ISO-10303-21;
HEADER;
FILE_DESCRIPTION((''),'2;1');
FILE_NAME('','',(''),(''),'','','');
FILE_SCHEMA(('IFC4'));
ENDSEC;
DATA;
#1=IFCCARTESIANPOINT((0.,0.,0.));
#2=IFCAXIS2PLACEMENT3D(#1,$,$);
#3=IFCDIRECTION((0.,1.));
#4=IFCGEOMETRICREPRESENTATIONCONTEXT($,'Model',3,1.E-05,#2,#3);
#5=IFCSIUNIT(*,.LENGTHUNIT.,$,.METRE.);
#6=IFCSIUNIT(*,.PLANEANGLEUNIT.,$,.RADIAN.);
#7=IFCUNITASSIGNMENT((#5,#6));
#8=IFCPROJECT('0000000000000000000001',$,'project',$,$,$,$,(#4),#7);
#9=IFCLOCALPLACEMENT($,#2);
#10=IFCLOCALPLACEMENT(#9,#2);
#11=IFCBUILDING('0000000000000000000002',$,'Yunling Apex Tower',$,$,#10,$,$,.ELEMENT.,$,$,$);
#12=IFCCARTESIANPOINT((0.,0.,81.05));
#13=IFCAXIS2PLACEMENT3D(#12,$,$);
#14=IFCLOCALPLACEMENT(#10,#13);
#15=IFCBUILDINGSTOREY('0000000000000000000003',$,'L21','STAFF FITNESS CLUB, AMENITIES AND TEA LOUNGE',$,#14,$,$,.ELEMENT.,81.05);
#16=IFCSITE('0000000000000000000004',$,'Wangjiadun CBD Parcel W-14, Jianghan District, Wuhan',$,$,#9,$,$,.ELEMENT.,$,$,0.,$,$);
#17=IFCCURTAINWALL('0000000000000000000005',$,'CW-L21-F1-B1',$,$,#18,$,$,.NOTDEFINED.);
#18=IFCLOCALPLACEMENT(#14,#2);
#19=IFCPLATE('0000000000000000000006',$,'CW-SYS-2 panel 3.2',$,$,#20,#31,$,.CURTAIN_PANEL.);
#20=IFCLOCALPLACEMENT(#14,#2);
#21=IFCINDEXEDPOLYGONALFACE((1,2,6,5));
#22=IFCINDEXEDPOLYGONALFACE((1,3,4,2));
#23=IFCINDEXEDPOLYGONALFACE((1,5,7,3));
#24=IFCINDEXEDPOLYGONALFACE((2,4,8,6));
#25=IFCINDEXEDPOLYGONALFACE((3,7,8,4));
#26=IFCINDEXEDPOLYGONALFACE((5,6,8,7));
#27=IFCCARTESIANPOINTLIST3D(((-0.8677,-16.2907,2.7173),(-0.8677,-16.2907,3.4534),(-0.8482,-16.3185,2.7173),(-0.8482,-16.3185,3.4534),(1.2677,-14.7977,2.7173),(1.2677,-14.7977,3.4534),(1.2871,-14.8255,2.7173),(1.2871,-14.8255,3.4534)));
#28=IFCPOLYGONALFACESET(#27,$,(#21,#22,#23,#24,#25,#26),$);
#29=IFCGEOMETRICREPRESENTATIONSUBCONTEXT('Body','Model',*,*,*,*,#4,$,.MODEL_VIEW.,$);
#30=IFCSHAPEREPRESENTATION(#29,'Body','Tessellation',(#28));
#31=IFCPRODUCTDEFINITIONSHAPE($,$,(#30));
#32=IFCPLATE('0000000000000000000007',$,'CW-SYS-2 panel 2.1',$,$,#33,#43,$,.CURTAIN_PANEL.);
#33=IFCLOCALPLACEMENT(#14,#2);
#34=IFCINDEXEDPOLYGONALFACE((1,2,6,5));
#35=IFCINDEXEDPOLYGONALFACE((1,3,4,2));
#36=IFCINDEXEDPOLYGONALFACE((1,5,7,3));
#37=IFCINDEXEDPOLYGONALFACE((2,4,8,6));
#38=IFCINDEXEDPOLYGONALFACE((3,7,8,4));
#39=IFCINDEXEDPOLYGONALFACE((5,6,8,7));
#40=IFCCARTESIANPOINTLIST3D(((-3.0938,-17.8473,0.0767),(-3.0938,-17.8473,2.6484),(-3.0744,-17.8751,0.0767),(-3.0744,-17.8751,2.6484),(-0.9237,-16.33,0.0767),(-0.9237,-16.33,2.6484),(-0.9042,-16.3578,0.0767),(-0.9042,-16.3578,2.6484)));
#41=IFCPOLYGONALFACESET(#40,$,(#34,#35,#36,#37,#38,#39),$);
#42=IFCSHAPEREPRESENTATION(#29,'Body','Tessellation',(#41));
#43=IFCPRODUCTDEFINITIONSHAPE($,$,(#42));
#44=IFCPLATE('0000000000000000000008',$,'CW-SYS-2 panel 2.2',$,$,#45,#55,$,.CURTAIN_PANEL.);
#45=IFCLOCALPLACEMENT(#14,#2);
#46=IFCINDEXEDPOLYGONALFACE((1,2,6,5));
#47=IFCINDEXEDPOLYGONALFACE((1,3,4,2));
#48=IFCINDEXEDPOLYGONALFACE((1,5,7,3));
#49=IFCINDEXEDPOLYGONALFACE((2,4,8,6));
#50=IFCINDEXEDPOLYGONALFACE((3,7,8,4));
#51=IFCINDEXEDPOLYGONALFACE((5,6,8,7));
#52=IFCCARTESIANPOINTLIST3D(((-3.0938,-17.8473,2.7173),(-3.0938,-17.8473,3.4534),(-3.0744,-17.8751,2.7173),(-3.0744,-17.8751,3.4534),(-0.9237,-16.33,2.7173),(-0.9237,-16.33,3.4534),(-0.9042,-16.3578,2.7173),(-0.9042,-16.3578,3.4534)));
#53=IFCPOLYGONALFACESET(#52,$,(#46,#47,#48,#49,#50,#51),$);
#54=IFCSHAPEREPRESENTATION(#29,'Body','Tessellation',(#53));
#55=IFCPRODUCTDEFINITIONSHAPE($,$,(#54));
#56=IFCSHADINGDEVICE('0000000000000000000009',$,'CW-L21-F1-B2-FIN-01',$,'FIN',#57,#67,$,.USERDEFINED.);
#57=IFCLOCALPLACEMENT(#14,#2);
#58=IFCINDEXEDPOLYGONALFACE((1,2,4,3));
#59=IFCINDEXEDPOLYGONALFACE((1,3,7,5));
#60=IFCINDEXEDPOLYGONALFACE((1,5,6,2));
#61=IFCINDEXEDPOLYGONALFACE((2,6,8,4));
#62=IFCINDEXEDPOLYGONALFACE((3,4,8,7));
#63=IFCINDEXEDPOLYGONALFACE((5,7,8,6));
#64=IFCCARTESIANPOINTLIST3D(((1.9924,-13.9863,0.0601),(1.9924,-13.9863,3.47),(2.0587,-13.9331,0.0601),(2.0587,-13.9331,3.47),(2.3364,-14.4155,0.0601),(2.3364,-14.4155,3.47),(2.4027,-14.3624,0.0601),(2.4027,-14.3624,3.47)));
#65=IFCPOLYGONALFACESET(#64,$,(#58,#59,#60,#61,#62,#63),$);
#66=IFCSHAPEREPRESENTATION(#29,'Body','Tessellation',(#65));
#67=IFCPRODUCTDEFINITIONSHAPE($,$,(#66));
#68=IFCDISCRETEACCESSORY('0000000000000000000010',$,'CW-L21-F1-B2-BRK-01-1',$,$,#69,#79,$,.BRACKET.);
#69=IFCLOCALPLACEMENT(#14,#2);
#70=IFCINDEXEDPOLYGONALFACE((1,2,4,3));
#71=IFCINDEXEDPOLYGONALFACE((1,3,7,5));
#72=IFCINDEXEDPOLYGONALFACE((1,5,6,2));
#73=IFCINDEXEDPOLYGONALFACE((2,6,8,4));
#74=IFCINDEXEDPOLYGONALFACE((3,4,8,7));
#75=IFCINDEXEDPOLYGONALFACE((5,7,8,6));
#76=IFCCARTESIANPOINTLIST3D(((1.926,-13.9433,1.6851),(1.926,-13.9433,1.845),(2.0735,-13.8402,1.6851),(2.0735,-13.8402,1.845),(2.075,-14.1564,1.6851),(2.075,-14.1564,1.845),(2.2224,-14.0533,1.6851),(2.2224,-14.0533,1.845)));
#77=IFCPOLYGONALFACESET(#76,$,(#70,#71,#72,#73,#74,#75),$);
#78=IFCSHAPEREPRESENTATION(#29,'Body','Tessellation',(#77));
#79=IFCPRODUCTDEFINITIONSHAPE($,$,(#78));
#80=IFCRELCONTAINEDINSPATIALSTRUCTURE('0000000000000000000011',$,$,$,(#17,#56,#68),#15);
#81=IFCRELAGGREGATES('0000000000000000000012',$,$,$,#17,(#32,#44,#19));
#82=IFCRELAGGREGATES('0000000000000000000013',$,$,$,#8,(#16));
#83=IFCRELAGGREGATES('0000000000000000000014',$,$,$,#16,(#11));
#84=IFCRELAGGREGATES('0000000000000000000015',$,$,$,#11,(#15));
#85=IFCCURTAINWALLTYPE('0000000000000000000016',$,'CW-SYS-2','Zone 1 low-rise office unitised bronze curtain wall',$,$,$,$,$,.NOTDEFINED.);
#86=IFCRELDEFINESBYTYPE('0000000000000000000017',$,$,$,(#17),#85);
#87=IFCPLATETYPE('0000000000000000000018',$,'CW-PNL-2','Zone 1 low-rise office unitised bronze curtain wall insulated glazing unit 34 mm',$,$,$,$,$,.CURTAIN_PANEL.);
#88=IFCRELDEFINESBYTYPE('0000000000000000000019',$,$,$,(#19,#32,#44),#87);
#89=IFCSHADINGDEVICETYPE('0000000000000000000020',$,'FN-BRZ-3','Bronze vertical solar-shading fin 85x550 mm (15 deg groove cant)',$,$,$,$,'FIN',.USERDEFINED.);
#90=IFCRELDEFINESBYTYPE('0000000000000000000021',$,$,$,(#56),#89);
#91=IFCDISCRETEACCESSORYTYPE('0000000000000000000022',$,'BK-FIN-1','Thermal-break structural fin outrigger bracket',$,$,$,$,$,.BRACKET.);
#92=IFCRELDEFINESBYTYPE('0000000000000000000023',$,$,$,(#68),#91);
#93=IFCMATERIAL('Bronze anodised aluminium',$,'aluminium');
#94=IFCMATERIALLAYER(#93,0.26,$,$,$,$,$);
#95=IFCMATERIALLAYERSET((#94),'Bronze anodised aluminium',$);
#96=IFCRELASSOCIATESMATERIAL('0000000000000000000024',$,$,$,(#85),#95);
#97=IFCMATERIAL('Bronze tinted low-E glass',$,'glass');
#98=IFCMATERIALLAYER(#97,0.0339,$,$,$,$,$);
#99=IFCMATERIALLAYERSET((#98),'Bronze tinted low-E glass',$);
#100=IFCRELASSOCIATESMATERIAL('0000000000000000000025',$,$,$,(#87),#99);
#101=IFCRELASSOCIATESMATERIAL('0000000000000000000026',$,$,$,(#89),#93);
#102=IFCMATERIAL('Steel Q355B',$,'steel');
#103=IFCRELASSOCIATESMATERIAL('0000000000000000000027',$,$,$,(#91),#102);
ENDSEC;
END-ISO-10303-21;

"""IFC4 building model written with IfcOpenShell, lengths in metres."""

from ifc_helpers import new_model, si_unit, direction, frame, origin, origin_2d, place, context, subcontext, project, spatial, rectangle, extrude, source, transform, mapped, material, layer, layer_set, material_profile, profile_set, type_object, element, aggregate, save


model = new_model("IFC4")

# Units and contexts
model_context = context("Model", 3, precision=1e-05, world=origin(), true_north=direction((0.0, 1.0)))
body_context = subcontext(model_context, "Body", "Model", "MODEL_VIEW")
ifc_project = project(units=[si_unit("LENGTHUNIT", "METRE"), si_unit("PLANEANGLEUNIT", "RADIAN")], contexts=[model_context])

# Site, building, storey
site_placement = place(None, origin())
site = spatial("IfcSite", under=ifc_project, at=site_placement, Name="Wangjiadun CBD Parcel W-14, Jianghan District, Wuhan", CompositionType="ELEMENT", RefElevation=0.0)
building_placement = place(site_placement, origin())
building = spatial("IfcBuilding", under=site, at=building_placement, Name="Yunling Apex Tower", CompositionType="ELEMENT")
storey_placement = place(building_placement, frame((0.0, 0.0, 81.05)))
storey = spatial("IfcBuildingStorey", under=building, at=storey_placement, Name="L21", Description="STAFF FITNESS CLUB, AMENITIES AND TEA LOUNGE", CompositionType="ELEMENT", Elevation=81.05)

# Shared definitions
ifc_material_1 = material(Name="Steel Q355B", Category="steel")

# Curtain wall
ifc_material_2 = material(Name="Bronze anodised aluminium", Category="aluminium")
ifc_layer_1 = layer(ifc_material_2, 0.26)
ifc_layer_set_1 = layer_set([ifc_layer_1], Name="Bronze anodised aluminium")
curtain_wall_type = type_object("IfcCurtainWallType", Name="CW-SYS-2", Description="Zone 1 low-rise office unitised bronze curtain wall", PredefinedType="NOTDEFINED", material=ifc_layer_set_1)
curtain_wall_1_placement = place(storey_placement, origin())
curtain_wall_1 = element("IfcCurtainWall", 1, at=curtain_wall_1_placement, inside=storey, type_object=curtain_wall_type, Name="CW-L21-F1-B1", PredefinedType="NOTDEFINED")

# Plates
ifc_material_3 = material(Name="Bronze tinted low-E glass", Category="glass")
ifc_layer_2 = layer(ifc_material_3, 0.0339)
ifc_layer_set_2 = layer_set([ifc_layer_2], Name="Bronze tinted low-E glass")
plate_type = type_object("IfcPlateType", Name="CW-PNL-2", Description="Zone 1 low-rise office unitised bronze curtain wall insulated glazing unit 34 mm", PredefinedType="CURTAIN_PANEL", material=ifc_layer_set_2)
shared_shape_1 = source(origin(), body_context, "Body", "SweptSolid", [
    extrude(rectangle(XDim=2.6055, YDim=0.0339, at=origin_2d()), origin(), (0.0, 0.0, 1.0), 0.7361),
])
plate_1_placement = place(storey_placement, frame((0.2097, -15.5581, 2.7173), z_axis=(0.0, 0.0, 1.0), x_axis=(0.819552, 0.573004, 0.0)))
plate_1 = element("IfcPlate", 2, at=plate_1_placement, type_object=plate_type, Name="CW-SYS-2 panel 3.2", PredefinedType="CURTAIN_PANEL", context=body_context, shape_type="MappedRepresentation", body=[
    mapped(shared_shape_1, transform((0.0, 0.0, 0.0), scale=1.0)),
])
shared_shape_2 = source(origin(), body_context, "Body", "SweptSolid", [
    extrude(rectangle(XDim=2.6479, YDim=0.0339, at=origin_2d()), origin(), (0.0, 0.0, 1.0), 2.5718),
])
plate_2_placement = place(storey_placement, frame((-1.999, -17.1025, 0.0767), z_axis=(0.0, 0.0, 1.0), x_axis=(0.819552, 0.573004, 0.0)))
plate_2 = element("IfcPlate", 3, at=plate_2_placement, type_object=plate_type, Name="CW-SYS-2 panel 2.1", PredefinedType="CURTAIN_PANEL", context=body_context, shape_type="MappedRepresentation", body=[
    mapped(shared_shape_2, transform((0.0, 0.0, 0.0), scale=1.0)),
])
shared_shape_3 = source(origin(), body_context, "Body", "SweptSolid", [
    extrude(rectangle(XDim=2.6479, YDim=0.0339, at=origin_2d()), origin(), (0.0, 0.0, 1.0), 0.7361),
])
plate_3_placement = place(storey_placement, frame((-1.999, -17.1025, 2.7173), z_axis=(0.0, 0.0, 1.0), x_axis=(0.819552, 0.573004, 0.0)))
plate_3 = element("IfcPlate", 4, at=plate_3_placement, type_object=plate_type, Name="CW-SYS-2 panel 2.2", PredefinedType="CURTAIN_PANEL", context=body_context, shape_type="MappedRepresentation", body=[
    mapped(shared_shape_3, transform((0.0, 0.0, 0.0), scale=1.0)),
])
aggregate(curtain_wall_1, [plate_2, plate_3, plate_1])

# Shading device
ifc_material_profile_1 = material_profile(ifc_material_2, rectangle(XDim=0.085, YDim=0.55, at=origin_2d()))
ifc_profile_set_1 = profile_set([ifc_material_profile_1], Name="Bronze anodised aluminium")
shading_device_type = type_object("IfcShadingDeviceType", Name="FN-BRZ-3", Description="Bronze vertical solar-shading fin 85x550 mm (15 deg groove cant)", ElementType="FIN", PredefinedType="USERDEFINED", material=ifc_profile_set_1)
shared_shape_4 = source(origin(), body_context, "Body", "SweptSolid", [
    extrude(rectangle(XDim=0.085, YDim=0.55, at=origin_2d()), origin(), (0.0, 0.0, 1.0), 3.4099),
])
shading_device_placement = place(storey_placement, frame((2.1975, -14.1743, 0.0601), z_axis=(0.0, 0.0, 1.0), x_axis=(0.780321, 0.625379, 0.0)))
element("IfcShadingDevice", 5, at=shading_device_placement, inside=storey, type_object=shading_device_type, Name="CW-L21-F1-B2-FIN-01", ObjectType="FIN", PredefinedType="USERDEFINED", context=body_context, shape_type="MappedRepresentation", body=[
    mapped(shared_shape_4, transform((0.0, 0.0, 0.0), scale=1.0)),
])

# Discrete accessory
discrete_accessory_type = type_object("IfcDiscreteAccessoryType", Name="BK-FIN-1", Description="Thermal-break structural fin outrigger bracket", PredefinedType="BRACKET", material=ifc_material_1)
shared_shape_5 = source(origin(), body_context, "Body", "SweptSolid", [
    extrude(rectangle(XDim=0.1799, YDim=0.26, at=origin_2d()), origin(), (0.0, 0.0, 1.0), 0.1599),
])
discrete_accessory_placement = place(storey_placement, frame((2.0742, -13.9983, 1.6851), z_axis=(0.0, 0.0, 1.0), x_axis=(0.819552, 0.573004, 0.0)))
element("IfcDiscreteAccessory", 6, at=discrete_accessory_placement, inside=storey, type_object=discrete_accessory_type, Name="CW-L21-F1-B2-BRK-01-1", PredefinedType="BRACKET", context=body_context, shape_type="MappedRepresentation", body=[
    mapped(shared_shape_5, transform((0.0, 0.0, 0.0), scale=1.0)),
])

save(model, "model.ifc")
